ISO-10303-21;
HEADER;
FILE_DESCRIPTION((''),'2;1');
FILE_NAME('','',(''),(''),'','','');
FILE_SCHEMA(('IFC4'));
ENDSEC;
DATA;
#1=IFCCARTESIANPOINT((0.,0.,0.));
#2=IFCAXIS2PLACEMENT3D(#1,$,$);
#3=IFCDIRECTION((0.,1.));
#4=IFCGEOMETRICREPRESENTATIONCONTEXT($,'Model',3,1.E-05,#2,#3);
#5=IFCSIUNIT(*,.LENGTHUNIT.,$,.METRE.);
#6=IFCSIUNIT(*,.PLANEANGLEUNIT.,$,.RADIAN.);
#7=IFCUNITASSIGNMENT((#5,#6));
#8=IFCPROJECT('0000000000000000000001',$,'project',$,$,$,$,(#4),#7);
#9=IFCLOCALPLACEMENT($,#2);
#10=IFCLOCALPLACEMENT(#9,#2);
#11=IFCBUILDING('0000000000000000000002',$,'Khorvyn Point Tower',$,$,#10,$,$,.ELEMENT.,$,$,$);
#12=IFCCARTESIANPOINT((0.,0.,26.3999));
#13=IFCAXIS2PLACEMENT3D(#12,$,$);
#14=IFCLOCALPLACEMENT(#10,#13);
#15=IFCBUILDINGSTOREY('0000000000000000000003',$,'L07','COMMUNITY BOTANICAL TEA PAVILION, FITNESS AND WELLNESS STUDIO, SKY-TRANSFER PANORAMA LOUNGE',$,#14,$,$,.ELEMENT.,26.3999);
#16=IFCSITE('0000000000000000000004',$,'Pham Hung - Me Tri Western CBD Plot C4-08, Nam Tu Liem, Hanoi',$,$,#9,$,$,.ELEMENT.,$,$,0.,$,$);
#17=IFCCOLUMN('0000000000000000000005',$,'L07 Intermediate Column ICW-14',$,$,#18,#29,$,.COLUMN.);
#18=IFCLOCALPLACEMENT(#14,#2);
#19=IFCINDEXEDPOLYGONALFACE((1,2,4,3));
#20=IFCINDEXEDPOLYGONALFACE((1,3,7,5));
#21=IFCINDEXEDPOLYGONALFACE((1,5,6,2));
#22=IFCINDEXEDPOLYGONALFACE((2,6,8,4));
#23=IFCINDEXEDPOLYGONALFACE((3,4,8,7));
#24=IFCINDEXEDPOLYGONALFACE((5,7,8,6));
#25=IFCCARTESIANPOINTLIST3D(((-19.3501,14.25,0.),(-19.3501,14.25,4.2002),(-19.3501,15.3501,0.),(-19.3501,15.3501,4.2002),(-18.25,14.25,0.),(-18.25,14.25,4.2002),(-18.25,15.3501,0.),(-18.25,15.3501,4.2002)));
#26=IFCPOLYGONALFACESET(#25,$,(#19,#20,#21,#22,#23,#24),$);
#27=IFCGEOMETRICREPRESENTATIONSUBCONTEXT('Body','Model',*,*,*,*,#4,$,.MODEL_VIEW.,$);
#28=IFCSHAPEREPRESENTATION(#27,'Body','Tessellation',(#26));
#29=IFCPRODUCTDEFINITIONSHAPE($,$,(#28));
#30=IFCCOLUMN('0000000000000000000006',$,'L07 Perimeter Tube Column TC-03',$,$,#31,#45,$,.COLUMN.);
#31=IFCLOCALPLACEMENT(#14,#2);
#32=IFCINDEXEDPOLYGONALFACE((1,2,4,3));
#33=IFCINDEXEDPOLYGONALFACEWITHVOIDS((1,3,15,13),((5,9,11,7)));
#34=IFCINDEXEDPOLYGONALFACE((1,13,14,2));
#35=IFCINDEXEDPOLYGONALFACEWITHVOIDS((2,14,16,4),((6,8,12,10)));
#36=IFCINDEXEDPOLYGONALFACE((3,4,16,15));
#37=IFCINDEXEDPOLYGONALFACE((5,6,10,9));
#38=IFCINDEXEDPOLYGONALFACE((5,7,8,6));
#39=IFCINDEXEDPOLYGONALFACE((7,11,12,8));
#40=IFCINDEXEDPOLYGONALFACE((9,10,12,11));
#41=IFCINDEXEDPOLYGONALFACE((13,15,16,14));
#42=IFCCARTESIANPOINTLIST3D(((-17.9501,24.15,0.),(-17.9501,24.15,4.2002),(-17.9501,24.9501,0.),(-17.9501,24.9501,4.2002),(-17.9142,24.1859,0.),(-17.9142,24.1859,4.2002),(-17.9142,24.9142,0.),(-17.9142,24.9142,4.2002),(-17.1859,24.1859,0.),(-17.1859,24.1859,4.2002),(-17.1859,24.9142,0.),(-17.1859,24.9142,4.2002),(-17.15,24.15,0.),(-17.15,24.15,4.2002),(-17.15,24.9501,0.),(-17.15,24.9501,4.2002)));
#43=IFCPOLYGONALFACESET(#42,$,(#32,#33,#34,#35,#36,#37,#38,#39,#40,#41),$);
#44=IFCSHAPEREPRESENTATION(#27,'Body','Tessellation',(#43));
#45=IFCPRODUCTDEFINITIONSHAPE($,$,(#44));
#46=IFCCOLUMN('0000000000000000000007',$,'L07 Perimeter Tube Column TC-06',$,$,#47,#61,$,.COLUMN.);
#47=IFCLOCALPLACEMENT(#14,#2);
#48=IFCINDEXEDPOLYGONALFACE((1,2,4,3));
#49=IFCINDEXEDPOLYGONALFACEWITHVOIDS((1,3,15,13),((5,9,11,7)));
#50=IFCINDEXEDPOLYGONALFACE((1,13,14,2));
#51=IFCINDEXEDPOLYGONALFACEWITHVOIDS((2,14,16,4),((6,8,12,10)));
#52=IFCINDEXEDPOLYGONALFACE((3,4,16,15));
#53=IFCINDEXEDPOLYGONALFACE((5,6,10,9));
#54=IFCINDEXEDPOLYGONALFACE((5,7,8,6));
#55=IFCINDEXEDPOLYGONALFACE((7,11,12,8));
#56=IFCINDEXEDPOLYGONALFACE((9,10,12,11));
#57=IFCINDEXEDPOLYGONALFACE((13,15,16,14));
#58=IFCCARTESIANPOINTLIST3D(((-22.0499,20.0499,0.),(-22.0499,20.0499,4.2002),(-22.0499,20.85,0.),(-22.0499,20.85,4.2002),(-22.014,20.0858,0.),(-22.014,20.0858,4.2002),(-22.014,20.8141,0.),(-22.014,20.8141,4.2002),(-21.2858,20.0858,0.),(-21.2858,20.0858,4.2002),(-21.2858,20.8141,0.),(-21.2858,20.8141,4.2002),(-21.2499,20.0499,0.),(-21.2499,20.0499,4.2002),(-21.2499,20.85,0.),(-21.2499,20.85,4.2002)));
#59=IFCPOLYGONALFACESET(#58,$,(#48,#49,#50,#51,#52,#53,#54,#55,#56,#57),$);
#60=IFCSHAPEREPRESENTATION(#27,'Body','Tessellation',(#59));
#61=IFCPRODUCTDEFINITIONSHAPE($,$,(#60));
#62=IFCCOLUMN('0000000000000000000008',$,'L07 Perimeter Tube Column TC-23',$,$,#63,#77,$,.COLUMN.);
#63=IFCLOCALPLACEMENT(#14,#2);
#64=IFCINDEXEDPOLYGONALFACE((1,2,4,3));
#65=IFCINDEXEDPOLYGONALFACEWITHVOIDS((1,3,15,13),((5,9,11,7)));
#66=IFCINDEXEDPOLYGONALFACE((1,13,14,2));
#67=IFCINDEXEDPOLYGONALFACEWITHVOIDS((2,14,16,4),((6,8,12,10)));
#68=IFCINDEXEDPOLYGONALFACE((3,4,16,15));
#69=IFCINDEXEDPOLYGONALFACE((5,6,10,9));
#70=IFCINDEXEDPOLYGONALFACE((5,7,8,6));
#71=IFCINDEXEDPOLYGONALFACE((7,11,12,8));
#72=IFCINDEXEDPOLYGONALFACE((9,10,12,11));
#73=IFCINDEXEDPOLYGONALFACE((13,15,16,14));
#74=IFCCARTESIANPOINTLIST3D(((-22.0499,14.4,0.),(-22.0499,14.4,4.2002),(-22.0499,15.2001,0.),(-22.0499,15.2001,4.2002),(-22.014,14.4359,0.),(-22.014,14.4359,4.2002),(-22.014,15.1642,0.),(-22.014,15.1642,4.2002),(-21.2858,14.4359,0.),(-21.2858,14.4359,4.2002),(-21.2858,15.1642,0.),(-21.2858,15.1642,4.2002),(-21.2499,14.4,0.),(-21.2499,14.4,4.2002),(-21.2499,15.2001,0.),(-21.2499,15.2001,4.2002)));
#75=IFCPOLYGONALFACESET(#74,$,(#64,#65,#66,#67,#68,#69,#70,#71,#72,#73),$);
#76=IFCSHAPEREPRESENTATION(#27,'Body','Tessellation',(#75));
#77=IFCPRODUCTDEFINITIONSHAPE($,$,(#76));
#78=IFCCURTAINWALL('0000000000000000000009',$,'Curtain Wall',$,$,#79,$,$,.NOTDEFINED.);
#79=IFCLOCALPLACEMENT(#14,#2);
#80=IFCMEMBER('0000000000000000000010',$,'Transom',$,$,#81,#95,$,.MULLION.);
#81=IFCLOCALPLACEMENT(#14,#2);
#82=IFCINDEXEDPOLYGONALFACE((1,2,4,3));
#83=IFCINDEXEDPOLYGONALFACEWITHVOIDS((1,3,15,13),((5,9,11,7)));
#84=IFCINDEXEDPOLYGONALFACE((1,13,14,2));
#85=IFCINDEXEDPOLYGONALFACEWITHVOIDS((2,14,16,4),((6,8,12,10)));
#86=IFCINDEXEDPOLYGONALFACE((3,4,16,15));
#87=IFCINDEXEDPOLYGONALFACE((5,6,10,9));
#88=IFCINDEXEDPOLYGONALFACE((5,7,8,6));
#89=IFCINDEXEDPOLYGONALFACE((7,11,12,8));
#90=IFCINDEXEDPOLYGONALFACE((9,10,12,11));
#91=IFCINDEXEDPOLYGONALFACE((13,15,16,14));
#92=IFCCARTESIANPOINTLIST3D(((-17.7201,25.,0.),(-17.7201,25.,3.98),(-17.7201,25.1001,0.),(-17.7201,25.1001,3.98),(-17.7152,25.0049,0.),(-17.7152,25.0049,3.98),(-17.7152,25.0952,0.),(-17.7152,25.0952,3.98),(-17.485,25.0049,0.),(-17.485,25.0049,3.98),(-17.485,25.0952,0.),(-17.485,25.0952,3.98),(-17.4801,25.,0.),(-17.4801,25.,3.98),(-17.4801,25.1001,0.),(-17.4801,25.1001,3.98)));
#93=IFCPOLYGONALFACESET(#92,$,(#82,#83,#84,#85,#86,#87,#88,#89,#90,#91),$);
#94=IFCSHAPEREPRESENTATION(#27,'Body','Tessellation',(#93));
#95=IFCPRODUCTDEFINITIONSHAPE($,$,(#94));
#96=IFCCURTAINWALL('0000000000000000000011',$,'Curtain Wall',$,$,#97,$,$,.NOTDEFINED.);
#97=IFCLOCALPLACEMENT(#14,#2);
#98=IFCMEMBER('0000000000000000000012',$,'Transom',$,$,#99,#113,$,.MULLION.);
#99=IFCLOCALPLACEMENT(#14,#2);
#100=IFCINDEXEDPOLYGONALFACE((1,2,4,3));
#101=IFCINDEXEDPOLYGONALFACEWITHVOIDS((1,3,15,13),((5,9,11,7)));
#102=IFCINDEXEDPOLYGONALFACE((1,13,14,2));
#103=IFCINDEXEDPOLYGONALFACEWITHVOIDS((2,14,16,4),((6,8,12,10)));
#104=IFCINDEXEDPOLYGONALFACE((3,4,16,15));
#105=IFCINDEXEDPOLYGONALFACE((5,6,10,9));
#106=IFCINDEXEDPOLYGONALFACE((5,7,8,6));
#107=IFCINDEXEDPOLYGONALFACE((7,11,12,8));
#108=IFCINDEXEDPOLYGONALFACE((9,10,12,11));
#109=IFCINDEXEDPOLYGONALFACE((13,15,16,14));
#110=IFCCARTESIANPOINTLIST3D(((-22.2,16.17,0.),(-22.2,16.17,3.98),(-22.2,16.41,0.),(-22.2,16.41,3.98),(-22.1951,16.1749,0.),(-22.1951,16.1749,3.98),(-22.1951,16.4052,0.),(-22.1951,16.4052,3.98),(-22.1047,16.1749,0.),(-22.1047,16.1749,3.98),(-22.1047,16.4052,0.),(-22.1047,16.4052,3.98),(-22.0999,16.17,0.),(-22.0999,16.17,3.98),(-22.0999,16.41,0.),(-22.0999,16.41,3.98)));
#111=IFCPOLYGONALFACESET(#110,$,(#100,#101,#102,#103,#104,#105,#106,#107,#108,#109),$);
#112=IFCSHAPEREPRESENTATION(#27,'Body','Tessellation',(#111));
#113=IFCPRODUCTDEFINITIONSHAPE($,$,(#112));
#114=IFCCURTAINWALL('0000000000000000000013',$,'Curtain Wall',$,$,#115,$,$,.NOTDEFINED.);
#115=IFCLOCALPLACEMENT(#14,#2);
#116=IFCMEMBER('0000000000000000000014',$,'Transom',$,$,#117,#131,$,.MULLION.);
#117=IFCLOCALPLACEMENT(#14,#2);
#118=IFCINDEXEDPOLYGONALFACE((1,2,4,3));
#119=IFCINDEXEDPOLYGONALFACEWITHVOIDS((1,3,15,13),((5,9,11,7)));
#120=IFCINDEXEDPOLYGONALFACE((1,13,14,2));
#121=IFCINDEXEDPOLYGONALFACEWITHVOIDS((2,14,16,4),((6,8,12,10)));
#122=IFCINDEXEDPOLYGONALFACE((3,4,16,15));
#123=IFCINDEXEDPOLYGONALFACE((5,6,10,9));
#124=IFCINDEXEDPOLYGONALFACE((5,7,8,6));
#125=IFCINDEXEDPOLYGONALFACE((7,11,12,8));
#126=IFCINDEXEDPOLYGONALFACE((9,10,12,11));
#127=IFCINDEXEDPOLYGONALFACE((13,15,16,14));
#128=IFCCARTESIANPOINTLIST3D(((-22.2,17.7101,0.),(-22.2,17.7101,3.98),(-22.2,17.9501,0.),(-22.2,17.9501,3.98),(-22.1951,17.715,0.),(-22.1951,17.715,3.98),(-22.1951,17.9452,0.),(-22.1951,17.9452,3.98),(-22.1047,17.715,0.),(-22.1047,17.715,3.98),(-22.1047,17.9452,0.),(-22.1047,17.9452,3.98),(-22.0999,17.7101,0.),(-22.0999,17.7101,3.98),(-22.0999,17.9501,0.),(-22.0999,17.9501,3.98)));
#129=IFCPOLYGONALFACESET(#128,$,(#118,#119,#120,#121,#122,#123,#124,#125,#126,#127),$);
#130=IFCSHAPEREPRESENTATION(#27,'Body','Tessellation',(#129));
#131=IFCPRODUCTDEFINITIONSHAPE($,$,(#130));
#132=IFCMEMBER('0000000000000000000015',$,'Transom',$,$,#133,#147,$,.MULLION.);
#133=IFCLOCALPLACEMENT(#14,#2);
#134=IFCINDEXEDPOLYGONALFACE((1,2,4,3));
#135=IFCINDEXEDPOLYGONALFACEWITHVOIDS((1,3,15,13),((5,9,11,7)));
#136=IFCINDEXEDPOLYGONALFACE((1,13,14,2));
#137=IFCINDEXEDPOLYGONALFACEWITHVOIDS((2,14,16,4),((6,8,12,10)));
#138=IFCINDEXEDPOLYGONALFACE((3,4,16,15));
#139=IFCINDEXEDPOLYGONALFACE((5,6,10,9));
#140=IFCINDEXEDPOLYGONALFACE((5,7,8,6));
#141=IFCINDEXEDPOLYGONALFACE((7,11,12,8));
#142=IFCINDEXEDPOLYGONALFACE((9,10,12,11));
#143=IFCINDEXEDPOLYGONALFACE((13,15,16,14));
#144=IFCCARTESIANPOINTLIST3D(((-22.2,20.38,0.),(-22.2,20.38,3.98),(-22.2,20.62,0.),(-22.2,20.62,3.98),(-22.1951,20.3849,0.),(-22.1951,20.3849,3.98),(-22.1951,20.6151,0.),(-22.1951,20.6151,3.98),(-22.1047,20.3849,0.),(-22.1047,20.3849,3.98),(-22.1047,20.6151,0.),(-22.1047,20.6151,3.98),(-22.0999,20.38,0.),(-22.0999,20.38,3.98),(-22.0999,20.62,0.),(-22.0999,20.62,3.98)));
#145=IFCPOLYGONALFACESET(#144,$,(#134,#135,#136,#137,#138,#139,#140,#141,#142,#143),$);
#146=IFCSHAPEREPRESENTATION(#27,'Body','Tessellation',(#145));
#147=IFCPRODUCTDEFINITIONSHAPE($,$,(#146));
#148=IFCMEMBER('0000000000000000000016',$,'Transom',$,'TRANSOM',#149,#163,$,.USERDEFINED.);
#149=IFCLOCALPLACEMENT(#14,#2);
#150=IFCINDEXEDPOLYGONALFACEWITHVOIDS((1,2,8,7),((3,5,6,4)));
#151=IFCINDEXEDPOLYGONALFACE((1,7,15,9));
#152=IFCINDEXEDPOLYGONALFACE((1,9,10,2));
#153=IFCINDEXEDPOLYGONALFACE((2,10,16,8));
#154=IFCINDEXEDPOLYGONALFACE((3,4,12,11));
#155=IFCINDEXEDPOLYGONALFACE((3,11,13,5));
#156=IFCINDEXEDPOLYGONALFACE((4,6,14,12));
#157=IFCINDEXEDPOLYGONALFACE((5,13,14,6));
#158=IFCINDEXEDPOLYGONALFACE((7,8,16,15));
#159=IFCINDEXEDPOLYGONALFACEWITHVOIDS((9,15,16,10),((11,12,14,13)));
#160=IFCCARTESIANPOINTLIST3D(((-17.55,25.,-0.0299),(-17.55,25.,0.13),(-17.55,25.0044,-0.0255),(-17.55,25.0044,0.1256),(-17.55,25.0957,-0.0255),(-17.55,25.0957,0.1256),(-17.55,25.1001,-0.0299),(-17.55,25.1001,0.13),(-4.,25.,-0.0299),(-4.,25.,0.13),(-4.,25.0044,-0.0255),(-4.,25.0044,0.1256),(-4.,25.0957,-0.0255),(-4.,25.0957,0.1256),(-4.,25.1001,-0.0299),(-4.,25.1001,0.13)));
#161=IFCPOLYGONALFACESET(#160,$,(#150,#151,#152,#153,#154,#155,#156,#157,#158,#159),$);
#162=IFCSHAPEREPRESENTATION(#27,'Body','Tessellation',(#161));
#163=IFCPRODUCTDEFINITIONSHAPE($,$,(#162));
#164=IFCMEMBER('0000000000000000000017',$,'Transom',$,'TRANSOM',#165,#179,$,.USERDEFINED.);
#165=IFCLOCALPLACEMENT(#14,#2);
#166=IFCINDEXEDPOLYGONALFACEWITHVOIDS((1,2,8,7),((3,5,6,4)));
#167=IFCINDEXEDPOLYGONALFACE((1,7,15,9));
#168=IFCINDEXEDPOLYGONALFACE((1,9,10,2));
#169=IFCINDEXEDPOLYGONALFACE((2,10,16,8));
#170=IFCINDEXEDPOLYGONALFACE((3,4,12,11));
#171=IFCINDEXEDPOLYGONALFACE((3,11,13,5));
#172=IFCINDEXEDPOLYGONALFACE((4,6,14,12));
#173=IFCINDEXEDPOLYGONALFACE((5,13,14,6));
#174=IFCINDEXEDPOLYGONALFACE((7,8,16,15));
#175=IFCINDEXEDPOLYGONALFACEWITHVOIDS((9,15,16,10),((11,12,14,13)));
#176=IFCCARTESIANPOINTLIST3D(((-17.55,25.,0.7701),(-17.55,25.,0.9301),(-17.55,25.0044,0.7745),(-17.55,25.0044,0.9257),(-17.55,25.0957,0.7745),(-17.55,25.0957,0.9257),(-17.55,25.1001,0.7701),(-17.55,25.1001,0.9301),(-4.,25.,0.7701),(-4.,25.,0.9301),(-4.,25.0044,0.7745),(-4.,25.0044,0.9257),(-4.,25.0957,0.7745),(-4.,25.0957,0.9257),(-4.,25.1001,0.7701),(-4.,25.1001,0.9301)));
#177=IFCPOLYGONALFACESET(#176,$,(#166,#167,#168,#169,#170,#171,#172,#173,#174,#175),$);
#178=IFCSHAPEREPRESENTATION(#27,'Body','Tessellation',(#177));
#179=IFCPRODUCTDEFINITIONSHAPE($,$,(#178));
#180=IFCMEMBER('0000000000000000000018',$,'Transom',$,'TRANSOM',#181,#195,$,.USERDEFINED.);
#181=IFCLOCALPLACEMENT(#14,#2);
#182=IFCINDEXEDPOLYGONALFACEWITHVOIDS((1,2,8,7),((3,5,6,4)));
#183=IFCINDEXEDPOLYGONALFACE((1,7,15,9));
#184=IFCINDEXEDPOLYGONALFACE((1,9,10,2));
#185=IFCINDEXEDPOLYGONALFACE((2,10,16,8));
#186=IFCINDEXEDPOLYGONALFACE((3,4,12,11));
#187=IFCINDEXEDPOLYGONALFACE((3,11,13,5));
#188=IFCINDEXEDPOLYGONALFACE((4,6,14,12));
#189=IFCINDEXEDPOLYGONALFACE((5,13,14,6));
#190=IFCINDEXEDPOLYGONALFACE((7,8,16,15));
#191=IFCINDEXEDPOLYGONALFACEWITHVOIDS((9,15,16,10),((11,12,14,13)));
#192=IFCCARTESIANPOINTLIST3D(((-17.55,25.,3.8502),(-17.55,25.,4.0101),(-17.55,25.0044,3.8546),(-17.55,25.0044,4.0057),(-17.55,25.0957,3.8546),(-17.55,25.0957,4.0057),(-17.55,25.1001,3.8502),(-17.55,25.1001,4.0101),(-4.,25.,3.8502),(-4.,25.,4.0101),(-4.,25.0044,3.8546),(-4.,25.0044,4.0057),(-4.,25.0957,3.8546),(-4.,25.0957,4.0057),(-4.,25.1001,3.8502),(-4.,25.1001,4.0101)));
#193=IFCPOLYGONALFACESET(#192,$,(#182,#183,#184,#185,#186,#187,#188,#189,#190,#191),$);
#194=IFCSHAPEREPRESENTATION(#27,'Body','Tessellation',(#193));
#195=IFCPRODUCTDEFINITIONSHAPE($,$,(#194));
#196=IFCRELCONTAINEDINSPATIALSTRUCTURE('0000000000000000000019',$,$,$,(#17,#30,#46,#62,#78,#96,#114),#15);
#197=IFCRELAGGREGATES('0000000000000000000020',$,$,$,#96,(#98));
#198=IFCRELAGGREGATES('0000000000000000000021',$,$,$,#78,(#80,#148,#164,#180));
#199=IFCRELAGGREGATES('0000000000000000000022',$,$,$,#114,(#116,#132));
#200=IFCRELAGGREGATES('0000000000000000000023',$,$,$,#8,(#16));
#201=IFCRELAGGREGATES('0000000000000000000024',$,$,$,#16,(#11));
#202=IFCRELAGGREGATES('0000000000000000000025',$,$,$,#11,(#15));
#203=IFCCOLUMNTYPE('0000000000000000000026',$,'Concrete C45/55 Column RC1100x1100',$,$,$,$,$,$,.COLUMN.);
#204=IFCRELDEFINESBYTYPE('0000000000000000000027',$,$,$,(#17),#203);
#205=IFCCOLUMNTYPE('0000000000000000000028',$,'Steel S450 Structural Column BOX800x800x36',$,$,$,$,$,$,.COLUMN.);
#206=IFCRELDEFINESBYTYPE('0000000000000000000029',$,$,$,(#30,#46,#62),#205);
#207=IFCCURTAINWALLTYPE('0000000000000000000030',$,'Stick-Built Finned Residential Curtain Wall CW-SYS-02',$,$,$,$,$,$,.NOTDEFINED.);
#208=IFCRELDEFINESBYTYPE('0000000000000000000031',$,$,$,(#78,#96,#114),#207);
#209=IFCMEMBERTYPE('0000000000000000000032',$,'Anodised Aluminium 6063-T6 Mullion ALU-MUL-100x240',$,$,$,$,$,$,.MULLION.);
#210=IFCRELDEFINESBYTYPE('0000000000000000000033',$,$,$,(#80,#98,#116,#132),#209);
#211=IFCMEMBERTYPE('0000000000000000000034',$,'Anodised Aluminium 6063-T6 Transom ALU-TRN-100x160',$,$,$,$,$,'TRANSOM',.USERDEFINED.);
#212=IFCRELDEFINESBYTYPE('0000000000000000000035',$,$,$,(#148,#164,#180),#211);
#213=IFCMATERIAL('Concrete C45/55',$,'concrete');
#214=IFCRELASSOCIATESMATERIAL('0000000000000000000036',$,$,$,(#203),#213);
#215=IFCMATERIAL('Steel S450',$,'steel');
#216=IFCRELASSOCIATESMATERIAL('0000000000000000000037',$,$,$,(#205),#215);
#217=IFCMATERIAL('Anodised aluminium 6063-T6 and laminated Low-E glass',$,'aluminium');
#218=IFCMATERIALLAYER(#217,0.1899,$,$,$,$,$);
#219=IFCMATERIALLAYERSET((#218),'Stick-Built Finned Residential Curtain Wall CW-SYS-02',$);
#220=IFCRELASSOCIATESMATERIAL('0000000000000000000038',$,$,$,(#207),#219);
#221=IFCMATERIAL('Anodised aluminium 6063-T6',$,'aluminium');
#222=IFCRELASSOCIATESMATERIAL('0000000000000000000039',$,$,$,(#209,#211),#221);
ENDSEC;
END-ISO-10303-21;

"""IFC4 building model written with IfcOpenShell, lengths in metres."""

from ifc_helpers import new_model, si_unit, direction, frame, origin, origin_2d, place, context, subcontext, project, spatial, rectangle, hollow_rectangle, extrude, material, layer, layer_set, material_profile, profile_set, type_object, element, aggregate, save


model = new_model("IFC4")

# Units and contexts
model_context = context("Model", 3, precision=1e-05, world=origin(), true_north=direction((0.0, 1.0)))
body_context = subcontext(model_context, "Body", "Model", "MODEL_VIEW")
ifc_project = project(units=[si_unit("LENGTHUNIT", "METRE"), si_unit("PLANEANGLEUNIT", "RADIAN")], contexts=[model_context])

# Site, building, storey
site_placement = place(None, origin())
site = spatial("IfcSite", under=ifc_project, at=site_placement, Name="Pham Hung - Me Tri Western CBD Plot C4-08, Nam Tu Liem, Hanoi", CompositionType="ELEMENT", RefElevation=0.0)
building_placement = place(site_placement, origin())
building = spatial("IfcBuilding", under=site, at=building_placement, Name="Khorvyn Point Tower", CompositionType="ELEMENT")
storey_placement = place(building_placement, frame((0.0, 0.0, 26.3999)))
storey = spatial("IfcBuildingStorey", under=building, at=storey_placement, Name="L07", Description="COMMUNITY BOTANICAL TEA PAVILION, FITNESS AND WELLNESS STUDIO, SKY-TRANSFER PANORAMA LOUNGE", CompositionType="ELEMENT", Elevation=26.3999)

# Columns
ifc_material_1 = material(Name="Concrete C45/55", Category="concrete")
ifc_material_profile_1 = material_profile(ifc_material_1, rectangle(XDim=1.1001, YDim=1.1001, at=origin_2d()))
ifc_profile_set_1 = profile_set([ifc_material_profile_1], Name="Concrete C45/55 RC1100x1100")
column_type_1 = type_object("IfcColumnType", Name="Concrete C45/55 Column RC1100x1100", PredefinedType="COLUMN", material=ifc_profile_set_1)
column_placement = place(storey_placement, frame((-18.8, 14.8, 0.0), z_axis=(0.0, 0.0, 1.0), x_axis=(1.0, 0.0, 0.0)))
element("IfcColumn", 1, at=column_placement, inside=storey, type_object=column_type_1, Name="L07 Intermediate Column ICW-14", PredefinedType="COLUMN", context=body_context, shape_type="SweptSolid", body=[
    extrude(rectangle(XDim=1.1001, YDim=1.1001, at=origin_2d()), origin(), (0.0, 0.0, 1.0), 4.2002),
])
ifc_material_2 = material(Name="Steel S450", Category="steel")
ifc_material_profile_2 = material_profile(ifc_material_2, hollow_rectangle(XDim=0.8, YDim=0.8, WallThickness=0.0359, at=origin_2d()))
ifc_profile_set_2 = profile_set([ifc_material_profile_2], Name="Steel S450 BOX800x800x36")
column_type_2 = type_object("IfcColumnType", Name="Steel S450 Structural Column BOX800x800x36", PredefinedType="COLUMN", material=ifc_profile_set_2)
for number, where, z_axis, x_axis, name in (
    (2, (-17.55, 24.55, 0.0), (0.0, 0.0, 1.0), (1.0, 0.0, 0.0), "L07 Perimeter Tube Column TC-03"),
    (3, (-21.6499, 20.45, 0.0), (0.0, 0.0, 1.0), (1.0, 0.0, 0.0), "L07 Perimeter Tube Column TC-06"),
    (4, (-21.6499, 14.8, 0.0), (0.0, 0.0, 1.0), (1.0, 0.0, 0.0), "L07 Perimeter Tube Column TC-23"),
):
    element("IfcColumn", number, at=place(storey_placement, frame(where, z_axis=z_axis, x_axis=x_axis)), inside=storey, type_object=column_type_2, Name=name, PredefinedType="COLUMN", context=body_context, shape_type="SweptSolid", body=[
        extrude(hollow_rectangle(XDim=0.8, YDim=0.8, WallThickness=0.0359, at=origin_2d()), origin(), (0.0, 0.0, 1.0), 4.2002),
    ])

# Curtain walls, members
ifc_material_3 = material(Name="Anodised aluminium 6063-T6 and laminated Low-E glass", Category="aluminium")
ifc_layer_1 = layer(ifc_material_3, 0.1899)
ifc_layer_set_1 = layer_set([ifc_layer_1], Name="Stick-Built Finned Residential Curtain Wall CW-SYS-02")
curtain_wall_type = type_object("IfcCurtainWallType", Name="Stick-Built Finned Residential Curtain Wall CW-SYS-02", PredefinedType="NOTDEFINED", material=ifc_layer_set_1)
curtain_wall_1_placement = place(storey_placement, origin())
curtain_wall_1 = element("IfcCurtainWall", 5, at=curtain_wall_1_placement, inside=storey, type_object=curtain_wall_type, Name="Curtain Wall", PredefinedType="NOTDEFINED")
ifc_material_4 = material(Name="Anodised aluminium 6063-T6", Category="aluminium")
ifc_material_profile_3 = material_profile(ifc_material_4, hollow_rectangle(XDim=0.1001, YDim=0.24, WallThickness=0.0049, at=origin_2d()))
ifc_profile_set_3 = profile_set([ifc_material_profile_3], Name="Anodised aluminium 6063-T6 ALU-MUL-100x240")
member_type_1 = type_object("IfcMemberType", Name="Anodised Aluminium 6063-T6 Mullion ALU-MUL-100x240", PredefinedType="MULLION", material=ifc_profile_set_3)
member_1_placement = place(storey_placement, frame((-17.6001, 25.05, 0.0), z_axis=(0.0, 0.0, 1.0), x_axis=(0.0, 1.0, 0.0)))
member_1 = element("IfcMember", 6, at=member_1_placement, type_object=member_type_1, Name="Transom", PredefinedType="MULLION", context=body_context, shape_type="SweptSolid", body=[
    extrude(hollow_rectangle(XDim=0.1001, YDim=0.24, WallThickness=0.0049, at=origin_2d()), origin(), (0.0, 0.0, 1.0), 3.98),
])
curtain_wall_2_placement = place(storey_placement, origin())
curtain_wall_2 = element("IfcCurtainWall", 7, at=curtain_wall_2_placement, inside=storey, type_object=curtain_wall_type, Name="Curtain Wall", PredefinedType="NOTDEFINED")
member_2_placement = place(storey_placement, frame((-22.1499, 16.29, 0.0), z_axis=(0.0, 0.0, 1.0), x_axis=(-1.0, 0.0, 0.0)))
member_2 = element("IfcMember", 8, at=member_2_placement, type_object=member_type_1, Name="Transom", PredefinedType="MULLION", context=body_context, shape_type="SweptSolid", body=[
    extrude(hollow_rectangle(XDim=0.1001, YDim=0.24, WallThickness=0.0049, at=origin_2d()), origin(), (0.0, 0.0, 1.0), 3.98),
])
aggregate(curtain_wall_2, [member_2])

# Curtain wall, members
curtain_wall_3_placement = place(storey_placement, origin())
curtain_wall_3 = element("IfcCurtainWall", 9, at=curtain_wall_3_placement, inside=storey, type_object=curtain_wall_type, Name="Curtain Wall", PredefinedType="NOTDEFINED")
member_3_placement = place(storey_placement, frame((-22.1499, 17.8301, 0.0), z_axis=(0.0, 0.0, 1.0), x_axis=(-1.0, 0.0, 0.0)))
member_3 = element("IfcMember", 10, at=member_3_placement, type_object=member_type_1, Name="Transom", PredefinedType="MULLION", context=body_context, shape_type="SweptSolid", body=[
    extrude(hollow_rectangle(XDim=0.1001, YDim=0.24, WallThickness=0.0049, at=origin_2d()), origin(), (0.0, 0.0, 1.0), 3.98),
])
member_4_placement = place(storey_placement, frame((-22.1499, 20.5, 0.0), z_axis=(0.0, 0.0, 1.0), x_axis=(-1.0, 0.0, 0.0)))
member_4 = element("IfcMember", 11, at=member_4_placement, type_object=member_type_1, Name="Transom", PredefinedType="MULLION", context=body_context, shape_type="SweptSolid", body=[
    extrude(hollow_rectangle(XDim=0.1001, YDim=0.24, WallThickness=0.0049, at=origin_2d()), origin(), (0.0, 0.0, 1.0), 3.98),
])

# Members
ifc_material_profile_4 = material_profile(ifc_material_4, hollow_rectangle(XDim=0.1001, YDim=0.1599, WallThickness=0.0044, at=origin_2d()))
ifc_profile_set_4 = profile_set([ifc_material_profile_4], Name="Anodised aluminium 6063-T6 ALU-TRN-100x160")
member_type_2 = type_object("IfcMemberType", Name="Anodised Aluminium 6063-T6 Transom ALU-TRN-100x160", ElementType="TRANSOM", PredefinedType="USERDEFINED", material=ifc_profile_set_4)
member_5_placement = place(storey_placement, frame((-17.55, 25.05, 0.05), z_axis=(1.0, 0.0, 0.0), x_axis=(0.0, 1.0, 0.0)))
member_5 = element("IfcMember", 12, at=member_5_placement, type_object=member_type_2, Name="Transom", ObjectType="TRANSOM", PredefinedType="USERDEFINED", context=body_context, shape_type="SweptSolid", body=[
    extrude(hollow_rectangle(XDim=0.1001, YDim=0.1599, WallThickness=0.0044, at=origin_2d()), origin(), (0.0, 0.0, 1.0), 13.55),
])
member_6_placement = place(storey_placement, frame((-17.55, 25.05, 0.8501), z_axis=(1.0, 0.0, 0.0), x_axis=(0.0, 1.0, 0.0)))
member_6 = element("IfcMember", 13, at=member_6_placement, type_object=member_type_2, Name="Transom", ObjectType="TRANSOM", PredefinedType="USERDEFINED", context=body_context, shape_type="SweptSolid", body=[
    extrude(hollow_rectangle(XDim=0.1001, YDim=0.1599, WallThickness=0.0044, at=origin_2d()), origin(), (0.0, 0.0, 1.0), 13.55),
])
member_7_placement = place(storey_placement, frame((-17.55, 25.05, 3.9302), z_axis=(1.0, 0.0, 0.0), x_axis=(0.0, 1.0, 0.0)))
member_7 = element("IfcMember", 14, at=member_7_placement, type_object=member_type_2, Name="Transom", ObjectType="TRANSOM", PredefinedType="USERDEFINED", context=body_context, shape_type="SweptSolid", body=[
    extrude(hollow_rectangle(XDim=0.1001, YDim=0.1599, WallThickness=0.0044, at=origin_2d()), origin(), (0.0, 0.0, 1.0), 13.55),
])
aggregate(curtain_wall_1, [member_1, member_5, member_6, member_7])

aggregate(curtain_wall_3, [member_3, member_4])

save(model, "model.ifc")
